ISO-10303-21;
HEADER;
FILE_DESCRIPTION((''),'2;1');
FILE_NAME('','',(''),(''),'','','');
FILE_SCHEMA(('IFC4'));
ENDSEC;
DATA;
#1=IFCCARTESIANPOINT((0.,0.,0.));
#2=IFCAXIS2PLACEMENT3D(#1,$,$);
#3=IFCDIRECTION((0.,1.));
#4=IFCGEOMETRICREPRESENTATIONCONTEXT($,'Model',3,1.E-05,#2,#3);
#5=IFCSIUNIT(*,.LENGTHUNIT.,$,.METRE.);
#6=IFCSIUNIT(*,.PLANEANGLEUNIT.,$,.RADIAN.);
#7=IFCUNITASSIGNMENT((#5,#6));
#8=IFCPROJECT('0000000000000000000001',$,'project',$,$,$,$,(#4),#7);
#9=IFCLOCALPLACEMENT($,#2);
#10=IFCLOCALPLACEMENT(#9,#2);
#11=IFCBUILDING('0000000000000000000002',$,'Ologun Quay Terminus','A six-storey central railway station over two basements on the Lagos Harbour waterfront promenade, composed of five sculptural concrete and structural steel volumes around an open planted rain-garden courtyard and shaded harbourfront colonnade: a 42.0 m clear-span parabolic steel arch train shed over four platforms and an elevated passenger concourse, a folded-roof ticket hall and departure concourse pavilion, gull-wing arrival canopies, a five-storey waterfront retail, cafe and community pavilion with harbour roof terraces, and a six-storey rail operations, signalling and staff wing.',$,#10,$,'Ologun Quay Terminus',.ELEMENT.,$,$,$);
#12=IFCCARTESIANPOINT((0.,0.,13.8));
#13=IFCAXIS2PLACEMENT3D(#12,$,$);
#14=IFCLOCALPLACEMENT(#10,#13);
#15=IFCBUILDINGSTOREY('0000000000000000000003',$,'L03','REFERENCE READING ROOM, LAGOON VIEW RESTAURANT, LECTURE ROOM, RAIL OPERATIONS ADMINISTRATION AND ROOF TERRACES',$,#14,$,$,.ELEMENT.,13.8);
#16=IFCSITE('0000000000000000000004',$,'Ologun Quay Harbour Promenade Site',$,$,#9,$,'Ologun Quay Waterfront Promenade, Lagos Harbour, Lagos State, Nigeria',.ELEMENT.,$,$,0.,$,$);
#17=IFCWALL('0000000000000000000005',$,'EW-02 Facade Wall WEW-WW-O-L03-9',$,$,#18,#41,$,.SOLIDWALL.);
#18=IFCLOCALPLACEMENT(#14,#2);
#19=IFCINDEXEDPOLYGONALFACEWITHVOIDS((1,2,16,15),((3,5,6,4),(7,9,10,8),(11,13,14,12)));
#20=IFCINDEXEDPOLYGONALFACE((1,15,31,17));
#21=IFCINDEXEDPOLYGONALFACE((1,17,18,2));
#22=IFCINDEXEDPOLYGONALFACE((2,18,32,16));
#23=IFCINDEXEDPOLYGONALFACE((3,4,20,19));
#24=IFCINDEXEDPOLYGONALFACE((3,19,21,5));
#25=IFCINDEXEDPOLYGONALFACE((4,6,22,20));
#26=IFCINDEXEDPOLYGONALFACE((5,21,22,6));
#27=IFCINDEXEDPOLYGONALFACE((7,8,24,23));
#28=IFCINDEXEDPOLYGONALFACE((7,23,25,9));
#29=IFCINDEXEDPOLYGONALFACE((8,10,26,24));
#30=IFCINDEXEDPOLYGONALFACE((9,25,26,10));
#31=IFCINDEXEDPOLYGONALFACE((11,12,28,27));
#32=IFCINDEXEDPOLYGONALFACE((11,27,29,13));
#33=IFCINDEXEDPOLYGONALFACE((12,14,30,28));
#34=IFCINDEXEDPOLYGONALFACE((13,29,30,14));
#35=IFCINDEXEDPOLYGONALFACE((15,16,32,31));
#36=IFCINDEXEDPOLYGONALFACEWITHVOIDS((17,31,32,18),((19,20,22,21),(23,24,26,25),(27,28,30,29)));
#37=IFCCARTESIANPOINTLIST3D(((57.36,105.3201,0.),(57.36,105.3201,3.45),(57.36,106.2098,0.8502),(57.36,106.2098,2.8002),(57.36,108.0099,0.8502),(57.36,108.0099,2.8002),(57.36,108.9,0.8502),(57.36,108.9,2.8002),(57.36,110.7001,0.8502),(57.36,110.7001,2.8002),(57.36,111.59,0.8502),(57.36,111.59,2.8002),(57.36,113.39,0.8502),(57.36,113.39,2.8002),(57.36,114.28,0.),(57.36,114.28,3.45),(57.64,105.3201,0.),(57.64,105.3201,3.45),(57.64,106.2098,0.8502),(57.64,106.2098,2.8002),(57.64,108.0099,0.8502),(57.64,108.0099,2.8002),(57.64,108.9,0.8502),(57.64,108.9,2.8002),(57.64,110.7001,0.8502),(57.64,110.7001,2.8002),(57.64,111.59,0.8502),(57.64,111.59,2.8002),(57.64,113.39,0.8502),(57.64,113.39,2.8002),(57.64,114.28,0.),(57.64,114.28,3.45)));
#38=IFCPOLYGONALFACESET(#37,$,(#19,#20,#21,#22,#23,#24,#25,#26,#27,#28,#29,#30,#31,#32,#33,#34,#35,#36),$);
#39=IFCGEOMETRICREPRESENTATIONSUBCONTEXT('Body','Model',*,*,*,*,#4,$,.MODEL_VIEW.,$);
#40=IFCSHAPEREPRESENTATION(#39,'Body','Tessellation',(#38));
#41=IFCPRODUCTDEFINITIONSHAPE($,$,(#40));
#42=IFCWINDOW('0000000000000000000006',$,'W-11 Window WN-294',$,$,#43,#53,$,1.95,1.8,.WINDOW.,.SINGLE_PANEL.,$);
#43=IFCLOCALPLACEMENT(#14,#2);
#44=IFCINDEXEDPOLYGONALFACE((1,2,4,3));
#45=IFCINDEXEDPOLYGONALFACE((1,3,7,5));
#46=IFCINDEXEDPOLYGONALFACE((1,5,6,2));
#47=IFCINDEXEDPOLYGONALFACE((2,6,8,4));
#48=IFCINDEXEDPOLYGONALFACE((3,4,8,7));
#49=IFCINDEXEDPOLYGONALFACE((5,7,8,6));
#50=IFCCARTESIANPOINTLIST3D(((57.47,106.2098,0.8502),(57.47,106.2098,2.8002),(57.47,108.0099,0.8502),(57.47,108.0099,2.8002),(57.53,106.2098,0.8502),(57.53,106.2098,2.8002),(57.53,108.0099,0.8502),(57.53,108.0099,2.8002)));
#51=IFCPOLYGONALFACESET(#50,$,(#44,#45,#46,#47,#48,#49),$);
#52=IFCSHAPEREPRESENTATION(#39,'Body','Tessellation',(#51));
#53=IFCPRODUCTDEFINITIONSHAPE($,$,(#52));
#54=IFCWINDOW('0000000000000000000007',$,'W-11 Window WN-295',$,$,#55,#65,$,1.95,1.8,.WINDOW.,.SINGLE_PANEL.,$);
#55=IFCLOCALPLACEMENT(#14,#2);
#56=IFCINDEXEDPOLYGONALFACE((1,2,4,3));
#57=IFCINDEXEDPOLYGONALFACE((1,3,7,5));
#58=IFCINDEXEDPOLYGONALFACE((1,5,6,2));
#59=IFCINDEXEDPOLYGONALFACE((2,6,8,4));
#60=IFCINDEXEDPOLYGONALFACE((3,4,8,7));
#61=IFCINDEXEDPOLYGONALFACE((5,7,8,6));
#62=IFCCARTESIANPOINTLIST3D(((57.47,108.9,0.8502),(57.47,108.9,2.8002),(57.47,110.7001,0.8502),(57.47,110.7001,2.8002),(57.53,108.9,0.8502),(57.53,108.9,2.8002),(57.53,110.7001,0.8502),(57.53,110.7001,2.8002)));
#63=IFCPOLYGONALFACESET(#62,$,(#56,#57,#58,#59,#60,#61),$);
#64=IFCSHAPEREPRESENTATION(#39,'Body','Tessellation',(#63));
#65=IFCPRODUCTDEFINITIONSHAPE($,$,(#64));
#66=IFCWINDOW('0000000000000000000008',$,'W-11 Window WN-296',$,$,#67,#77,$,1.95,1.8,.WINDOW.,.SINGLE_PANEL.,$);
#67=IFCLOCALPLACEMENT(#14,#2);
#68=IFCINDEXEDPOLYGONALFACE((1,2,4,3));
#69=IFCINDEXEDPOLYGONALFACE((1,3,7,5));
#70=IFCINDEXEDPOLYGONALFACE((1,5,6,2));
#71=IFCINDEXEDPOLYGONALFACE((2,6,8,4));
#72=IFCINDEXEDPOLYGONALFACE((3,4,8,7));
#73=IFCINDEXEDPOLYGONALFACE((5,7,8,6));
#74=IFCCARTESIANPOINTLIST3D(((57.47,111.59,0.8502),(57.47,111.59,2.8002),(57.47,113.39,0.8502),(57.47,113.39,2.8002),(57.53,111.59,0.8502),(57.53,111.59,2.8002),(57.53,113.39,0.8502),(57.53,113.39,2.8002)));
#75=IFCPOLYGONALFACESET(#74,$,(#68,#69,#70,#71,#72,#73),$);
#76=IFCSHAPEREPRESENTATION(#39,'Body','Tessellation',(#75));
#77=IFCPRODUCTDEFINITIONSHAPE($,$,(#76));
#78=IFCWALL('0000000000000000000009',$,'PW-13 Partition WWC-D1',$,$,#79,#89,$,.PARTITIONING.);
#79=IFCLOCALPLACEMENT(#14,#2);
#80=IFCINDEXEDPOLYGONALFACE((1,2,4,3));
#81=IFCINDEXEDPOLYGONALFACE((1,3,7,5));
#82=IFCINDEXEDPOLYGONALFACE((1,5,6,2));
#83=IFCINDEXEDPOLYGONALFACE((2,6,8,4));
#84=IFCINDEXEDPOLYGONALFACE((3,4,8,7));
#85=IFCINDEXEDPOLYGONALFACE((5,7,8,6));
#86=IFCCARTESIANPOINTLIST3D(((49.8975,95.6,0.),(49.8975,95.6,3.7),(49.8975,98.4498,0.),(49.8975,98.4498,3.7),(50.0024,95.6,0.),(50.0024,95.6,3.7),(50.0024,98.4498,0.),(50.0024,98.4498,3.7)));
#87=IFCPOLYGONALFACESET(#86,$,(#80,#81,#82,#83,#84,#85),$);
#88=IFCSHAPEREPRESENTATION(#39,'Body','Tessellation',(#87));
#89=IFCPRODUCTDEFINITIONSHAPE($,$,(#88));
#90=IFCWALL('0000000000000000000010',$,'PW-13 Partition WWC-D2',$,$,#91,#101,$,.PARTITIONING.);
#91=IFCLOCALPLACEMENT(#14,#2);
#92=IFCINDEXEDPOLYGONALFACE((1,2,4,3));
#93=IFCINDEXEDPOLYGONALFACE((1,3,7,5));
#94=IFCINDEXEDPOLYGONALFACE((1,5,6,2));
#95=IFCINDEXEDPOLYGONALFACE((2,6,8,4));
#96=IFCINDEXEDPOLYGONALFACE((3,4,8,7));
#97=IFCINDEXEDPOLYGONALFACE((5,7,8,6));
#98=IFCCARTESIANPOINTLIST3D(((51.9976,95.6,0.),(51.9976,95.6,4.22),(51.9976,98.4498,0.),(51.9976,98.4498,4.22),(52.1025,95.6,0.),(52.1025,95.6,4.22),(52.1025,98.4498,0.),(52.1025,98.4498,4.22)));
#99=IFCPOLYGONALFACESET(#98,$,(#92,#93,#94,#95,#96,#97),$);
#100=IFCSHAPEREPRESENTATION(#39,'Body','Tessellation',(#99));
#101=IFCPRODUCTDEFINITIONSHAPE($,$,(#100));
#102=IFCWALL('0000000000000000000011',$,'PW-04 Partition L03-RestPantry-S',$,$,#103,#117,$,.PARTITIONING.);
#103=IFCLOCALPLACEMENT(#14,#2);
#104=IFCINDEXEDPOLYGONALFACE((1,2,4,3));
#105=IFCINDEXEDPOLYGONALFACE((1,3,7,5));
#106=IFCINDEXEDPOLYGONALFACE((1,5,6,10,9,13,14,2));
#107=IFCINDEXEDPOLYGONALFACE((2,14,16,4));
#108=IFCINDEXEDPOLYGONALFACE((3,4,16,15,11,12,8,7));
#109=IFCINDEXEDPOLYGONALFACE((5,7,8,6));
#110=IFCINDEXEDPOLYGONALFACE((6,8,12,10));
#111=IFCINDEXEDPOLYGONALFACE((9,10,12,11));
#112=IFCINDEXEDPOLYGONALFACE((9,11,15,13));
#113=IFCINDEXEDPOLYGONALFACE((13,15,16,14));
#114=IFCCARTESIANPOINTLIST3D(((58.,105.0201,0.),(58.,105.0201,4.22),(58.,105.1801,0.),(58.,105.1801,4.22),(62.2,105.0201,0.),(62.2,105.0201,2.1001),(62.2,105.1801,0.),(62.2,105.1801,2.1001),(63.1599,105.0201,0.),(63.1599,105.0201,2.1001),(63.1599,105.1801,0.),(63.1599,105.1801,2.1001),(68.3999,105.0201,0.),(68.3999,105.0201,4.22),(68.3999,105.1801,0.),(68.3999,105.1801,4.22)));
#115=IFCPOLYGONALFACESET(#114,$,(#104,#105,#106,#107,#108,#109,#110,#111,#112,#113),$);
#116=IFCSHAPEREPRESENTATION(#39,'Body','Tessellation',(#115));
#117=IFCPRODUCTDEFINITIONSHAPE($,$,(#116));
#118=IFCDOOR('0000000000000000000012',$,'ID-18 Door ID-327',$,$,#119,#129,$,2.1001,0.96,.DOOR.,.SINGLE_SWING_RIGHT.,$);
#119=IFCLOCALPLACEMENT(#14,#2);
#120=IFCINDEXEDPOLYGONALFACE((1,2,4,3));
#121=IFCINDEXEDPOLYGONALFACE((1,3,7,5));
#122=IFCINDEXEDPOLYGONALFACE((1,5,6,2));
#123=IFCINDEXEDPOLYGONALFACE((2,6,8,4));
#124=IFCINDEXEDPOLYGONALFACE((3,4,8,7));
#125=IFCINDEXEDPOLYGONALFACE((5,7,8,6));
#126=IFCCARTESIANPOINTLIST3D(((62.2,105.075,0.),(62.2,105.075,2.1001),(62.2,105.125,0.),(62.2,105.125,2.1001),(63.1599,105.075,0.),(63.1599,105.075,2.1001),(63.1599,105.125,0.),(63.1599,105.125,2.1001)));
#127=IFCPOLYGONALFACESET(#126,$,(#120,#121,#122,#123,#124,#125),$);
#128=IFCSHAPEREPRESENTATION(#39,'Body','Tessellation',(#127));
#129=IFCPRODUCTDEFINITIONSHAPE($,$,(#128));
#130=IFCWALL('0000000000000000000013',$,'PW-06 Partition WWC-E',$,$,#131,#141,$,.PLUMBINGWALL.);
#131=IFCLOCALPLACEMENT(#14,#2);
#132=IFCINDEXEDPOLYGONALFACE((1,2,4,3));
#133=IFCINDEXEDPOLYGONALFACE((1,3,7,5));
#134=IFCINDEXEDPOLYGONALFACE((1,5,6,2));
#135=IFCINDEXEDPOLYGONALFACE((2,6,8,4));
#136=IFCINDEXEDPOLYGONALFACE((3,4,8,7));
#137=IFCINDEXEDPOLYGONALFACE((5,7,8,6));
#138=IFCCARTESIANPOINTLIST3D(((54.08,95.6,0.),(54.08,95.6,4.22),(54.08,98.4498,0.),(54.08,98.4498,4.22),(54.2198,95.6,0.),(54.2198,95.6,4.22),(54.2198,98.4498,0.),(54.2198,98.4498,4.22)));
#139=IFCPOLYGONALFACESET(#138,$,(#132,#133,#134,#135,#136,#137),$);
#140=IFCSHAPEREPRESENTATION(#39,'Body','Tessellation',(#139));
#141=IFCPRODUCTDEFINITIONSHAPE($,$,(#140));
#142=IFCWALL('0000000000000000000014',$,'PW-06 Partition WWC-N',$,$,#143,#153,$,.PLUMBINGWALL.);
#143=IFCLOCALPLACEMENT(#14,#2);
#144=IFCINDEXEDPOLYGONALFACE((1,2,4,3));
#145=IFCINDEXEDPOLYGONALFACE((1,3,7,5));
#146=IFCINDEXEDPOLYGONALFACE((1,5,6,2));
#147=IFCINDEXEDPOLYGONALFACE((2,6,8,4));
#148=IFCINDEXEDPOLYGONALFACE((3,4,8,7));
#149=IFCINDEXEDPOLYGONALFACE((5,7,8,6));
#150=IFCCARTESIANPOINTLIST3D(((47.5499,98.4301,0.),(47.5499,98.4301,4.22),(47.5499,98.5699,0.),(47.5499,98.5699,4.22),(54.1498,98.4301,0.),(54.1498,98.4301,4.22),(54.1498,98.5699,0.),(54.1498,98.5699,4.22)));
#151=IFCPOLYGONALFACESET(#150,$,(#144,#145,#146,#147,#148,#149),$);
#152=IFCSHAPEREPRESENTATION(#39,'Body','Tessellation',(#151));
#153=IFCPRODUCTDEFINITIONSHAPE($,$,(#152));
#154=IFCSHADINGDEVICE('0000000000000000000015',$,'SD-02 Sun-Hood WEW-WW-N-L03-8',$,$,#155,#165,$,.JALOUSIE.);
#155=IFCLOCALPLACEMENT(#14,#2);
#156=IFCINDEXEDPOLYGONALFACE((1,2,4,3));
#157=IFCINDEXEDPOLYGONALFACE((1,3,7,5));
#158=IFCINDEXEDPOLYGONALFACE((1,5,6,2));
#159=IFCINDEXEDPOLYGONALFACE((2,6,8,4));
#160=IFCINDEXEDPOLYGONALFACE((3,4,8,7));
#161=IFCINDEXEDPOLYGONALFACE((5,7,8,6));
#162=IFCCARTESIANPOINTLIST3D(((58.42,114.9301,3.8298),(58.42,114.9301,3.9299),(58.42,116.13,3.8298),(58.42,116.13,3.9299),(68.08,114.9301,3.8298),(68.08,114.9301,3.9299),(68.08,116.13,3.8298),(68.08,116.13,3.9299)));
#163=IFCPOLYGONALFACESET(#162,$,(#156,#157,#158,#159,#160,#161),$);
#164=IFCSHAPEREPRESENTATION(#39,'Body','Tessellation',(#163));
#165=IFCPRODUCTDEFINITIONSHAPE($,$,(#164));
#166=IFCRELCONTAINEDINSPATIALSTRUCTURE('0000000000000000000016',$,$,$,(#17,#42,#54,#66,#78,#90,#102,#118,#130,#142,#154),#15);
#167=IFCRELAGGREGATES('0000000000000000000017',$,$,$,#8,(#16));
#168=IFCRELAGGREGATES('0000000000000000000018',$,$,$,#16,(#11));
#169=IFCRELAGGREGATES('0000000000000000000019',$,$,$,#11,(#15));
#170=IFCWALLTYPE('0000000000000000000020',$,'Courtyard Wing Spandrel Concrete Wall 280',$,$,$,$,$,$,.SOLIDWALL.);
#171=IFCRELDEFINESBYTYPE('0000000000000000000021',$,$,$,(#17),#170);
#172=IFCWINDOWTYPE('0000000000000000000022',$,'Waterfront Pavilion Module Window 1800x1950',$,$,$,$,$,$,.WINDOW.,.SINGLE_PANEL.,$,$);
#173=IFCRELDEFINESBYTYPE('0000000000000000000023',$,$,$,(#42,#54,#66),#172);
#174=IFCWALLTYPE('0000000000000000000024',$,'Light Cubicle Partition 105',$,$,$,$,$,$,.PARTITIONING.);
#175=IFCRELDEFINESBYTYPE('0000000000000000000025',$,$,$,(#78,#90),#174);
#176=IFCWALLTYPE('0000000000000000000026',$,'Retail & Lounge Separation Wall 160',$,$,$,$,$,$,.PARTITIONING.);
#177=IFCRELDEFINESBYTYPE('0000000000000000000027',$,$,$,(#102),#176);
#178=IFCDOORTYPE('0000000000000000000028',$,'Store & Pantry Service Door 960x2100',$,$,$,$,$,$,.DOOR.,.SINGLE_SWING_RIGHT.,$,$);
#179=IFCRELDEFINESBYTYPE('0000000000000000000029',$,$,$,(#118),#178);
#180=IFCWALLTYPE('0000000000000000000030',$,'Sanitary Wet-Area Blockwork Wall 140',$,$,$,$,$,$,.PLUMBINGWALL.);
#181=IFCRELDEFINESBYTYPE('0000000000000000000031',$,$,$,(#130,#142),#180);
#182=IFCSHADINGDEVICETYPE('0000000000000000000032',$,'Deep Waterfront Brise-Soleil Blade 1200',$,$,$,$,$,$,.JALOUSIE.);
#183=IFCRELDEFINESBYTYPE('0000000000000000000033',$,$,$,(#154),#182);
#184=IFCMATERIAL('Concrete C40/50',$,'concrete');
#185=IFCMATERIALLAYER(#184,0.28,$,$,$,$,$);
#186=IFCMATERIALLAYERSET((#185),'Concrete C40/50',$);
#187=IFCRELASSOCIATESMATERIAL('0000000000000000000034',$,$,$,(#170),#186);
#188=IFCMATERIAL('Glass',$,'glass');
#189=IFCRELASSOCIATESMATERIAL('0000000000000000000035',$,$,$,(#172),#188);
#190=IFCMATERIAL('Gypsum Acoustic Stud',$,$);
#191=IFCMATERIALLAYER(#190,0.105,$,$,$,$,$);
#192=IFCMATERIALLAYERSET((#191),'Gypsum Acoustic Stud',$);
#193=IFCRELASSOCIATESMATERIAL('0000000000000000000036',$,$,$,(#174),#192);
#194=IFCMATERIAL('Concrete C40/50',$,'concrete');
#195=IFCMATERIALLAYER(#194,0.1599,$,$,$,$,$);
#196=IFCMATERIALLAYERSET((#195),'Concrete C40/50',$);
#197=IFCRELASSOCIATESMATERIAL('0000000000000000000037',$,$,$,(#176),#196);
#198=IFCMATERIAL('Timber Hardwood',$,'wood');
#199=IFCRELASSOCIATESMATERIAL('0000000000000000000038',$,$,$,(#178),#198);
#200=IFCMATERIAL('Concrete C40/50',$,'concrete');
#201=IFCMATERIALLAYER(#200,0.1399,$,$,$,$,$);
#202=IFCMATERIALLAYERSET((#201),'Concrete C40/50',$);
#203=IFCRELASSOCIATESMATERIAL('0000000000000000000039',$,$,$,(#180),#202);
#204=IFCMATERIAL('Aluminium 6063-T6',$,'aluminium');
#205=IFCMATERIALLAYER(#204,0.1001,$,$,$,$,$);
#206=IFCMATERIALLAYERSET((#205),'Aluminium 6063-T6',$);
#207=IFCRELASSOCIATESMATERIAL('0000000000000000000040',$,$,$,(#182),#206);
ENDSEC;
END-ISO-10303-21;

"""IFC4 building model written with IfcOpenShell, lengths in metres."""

from ifc_helpers import new_model, si_unit, direction, frame, frame_2d, origin, origin_2d, place, context, subcontext, project, spatial, rectangle, extrude, material, layer, layer_set, type_object, element, fill, save


model = new_model("IFC4")

# Units and contexts
model_context = context("Model", 3, precision=1e-05, world=origin(), true_north=direction((0.0, 1.0)))
body_context = subcontext(model_context, "Body", "Model", "MODEL_VIEW")
ifc_project = project(units=[si_unit("LENGTHUNIT", "METRE"), si_unit("PLANEANGLEUNIT", "RADIAN")], contexts=[model_context])

# Site, building, storey
site_placement = place(None, origin())
site = spatial("IfcSite", under=ifc_project, at=site_placement, Name="Ologun Quay Harbour Promenade Site", LongName="Ologun Quay Waterfront Promenade, Lagos Harbour, Lagos State, Nigeria", CompositionType="ELEMENT", RefElevation=0.0)
building_placement = place(site_placement, origin())
building = spatial("IfcBuilding", under=site, at=building_placement, Name="Ologun Quay Terminus", Description="A six-storey central railway station over two basements on the Lagos Harbour waterfront promenade, composed of five sculptural concrete and structural steel volumes around an open planted rain-garden courtyard and shaded harbourfront colonnade: a 42.0 m clear-span parabolic steel arch train shed over four platforms and an elevated passenger concourse, a folded-roof ticket hall and departure concourse pavilion, gull-wing arrival canopies, a five-storey waterfront retail, cafe and community pavilion with harbour roof terraces, and a six-storey rail operations, signalling and staff wing.", LongName="Ologun Quay Terminus", CompositionType="ELEMENT")
storey_placement = place(building_placement, frame((0.0, 0.0, 13.8)))
storey = spatial("IfcBuildingStorey", under=building, at=storey_placement, Name="L03", Description="REFERENCE READING ROOM, LAGOON VIEW RESTAURANT, LECTURE ROOM, RAIL OPERATIONS ADMINISTRATION AND ROOF TERRACES", CompositionType="ELEMENT", Elevation=13.8)

# Wall, openings, windows
ifc_material_1 = material(Name="Concrete C40/50", Category="concrete")
ifc_layer_1 = layer(ifc_material_1, 0.28)
ifc_layer_set_1 = layer_set([ifc_layer_1], Name="Concrete C40/50")
wall_type_1 = type_object("IfcWallType", Name="Courtyard Wing Spandrel Concrete Wall 280", PredefinedType="SOLIDWALL", material=ifc_layer_set_1)
wall_1_placement = place(storey_placement, frame((57.5, 105.3201, 0.0), z_axis=(0.0, 0.0, 1.0), x_axis=(0.0, 1.0, 0.0)))
wall_1 = element("IfcWall", 1, at=wall_1_placement, inside=storey, type_object=wall_type_1, Name="EW-02 Facade Wall WEW-WW-O-L03-9", PredefinedType="SOLIDWALL", context=body_context, shape_type="SweptSolid", body=[
    extrude(rectangle(XDim=8.96, YDim=0.28, at=frame_2d((4.48, 0.0))), origin(), (0.0, 0.0, 1.0), 3.45),
])
opening_1_placement = place(wall_1_placement, frame((0.8899, 0.0, 0.8501)))
opening_1 = element("IfcOpeningElement", 2, at=opening_1_placement, cuts=wall_1, PredefinedType="OPENING", context=body_context, shape_type="SweptSolid", body=[
    extrude(rectangle(XDim=1.8, YDim=1.95, at=frame_2d((0.8999, 0.9751))), frame((0.0, 0.1499, 0.0), z_axis=(0.0, -1.0, 0.0), x_axis=(1.0, 0.0, 0.0)), (0.0, 0.0, 1.0), 0.3),
])
opening_2_placement = place(wall_1_placement, frame((3.5801, 0.0, 0.8501)))
opening_2 = element("IfcOpeningElement", 3, at=opening_2_placement, cuts=wall_1, PredefinedType="OPENING", context=body_context, shape_type="SweptSolid", body=[
    extrude(rectangle(XDim=1.8, YDim=1.95, at=frame_2d((0.8999, 0.9751))), frame((0.0, 0.1499, 0.0), z_axis=(0.0, -1.0, 0.0), x_axis=(1.0, 0.0, 0.0)), (0.0, 0.0, 1.0), 0.3),
])
opening_3_placement = place(wall_1_placement, frame((6.27, 0.0, 0.8501)))
opening_3 = element("IfcOpeningElement", 4, at=opening_3_placement, cuts=wall_1, PredefinedType="OPENING", context=body_context, shape_type="SweptSolid", body=[
    extrude(rectangle(XDim=1.8, YDim=1.95, at=frame_2d((0.8999, 0.9751))), frame((0.0, 0.1499, 0.0), z_axis=(0.0, -1.0, 0.0), x_axis=(1.0, 0.0, 0.0)), (0.0, 0.0, 1.0), 0.3),
])
ifc_material_2 = material(Name="Glass", Category="glass")
window_type_1 = type_object("IfcWindowType", Name="Waterfront Pavilion Module Window 1800x1950", PartitioningType="SINGLE_PANEL", PredefinedType="WINDOW", material=ifc_material_2)
window_1_placement = place(opening_1_placement, origin())
window_1 = element("IfcWindow", 5, at=window_1_placement, inside=storey, type_object=window_type_1, Name="W-11 Window WN-294", OverallHeight=1.95, OverallWidth=1.8, PartitioningType="SINGLE_PANEL", PredefinedType="WINDOW", context=body_context, shape_type="SweptSolid", body=[
    extrude(rectangle(XDim=1.8, YDim=1.95, at=frame_2d((0.8999, 0.9751))), frame((0.0, 0.03, 0.0), z_axis=(0.0, -1.0, 0.0), x_axis=(1.0, 0.0, 0.0)), (0.0, 0.0, 1.0), 0.0601),
])
fill(opening_1, window_1)
window_2_placement = place(opening_2_placement, origin())
window_2 = element("IfcWindow", 6, at=window_2_placement, inside=storey, type_object=window_type_1, Name="W-11 Window WN-295", OverallHeight=1.95, OverallWidth=1.8, PartitioningType="SINGLE_PANEL", PredefinedType="WINDOW", context=body_context, shape_type="SweptSolid", body=[
    extrude(rectangle(XDim=1.8, YDim=1.95, at=frame_2d((0.8999, 0.9751))), frame((0.0, 0.03, 0.0), z_axis=(0.0, -1.0, 0.0), x_axis=(1.0, 0.0, 0.0)), (0.0, 0.0, 1.0), 0.0601),
])
fill(opening_2, window_2)
window_3_placement = place(opening_3_placement, origin())
window_3 = element("IfcWindow", 7, at=window_3_placement, inside=storey, type_object=window_type_1, Name="W-11 Window WN-296", OverallHeight=1.95, OverallWidth=1.8, PartitioningType="SINGLE_PANEL", PredefinedType="WINDOW", context=body_context, shape_type="SweptSolid", body=[
    extrude(rectangle(XDim=1.8, YDim=1.95, at=frame_2d((0.8999, 0.9751))), frame((0.0, 0.03, 0.0), z_axis=(0.0, -1.0, 0.0), x_axis=(1.0, 0.0, 0.0)), (0.0, 0.0, 1.0), 0.0601),
])
fill(opening_3, window_3)

# Walls
ifc_material_3 = material(Name="Gypsum Acoustic Stud")
ifc_layer_2 = layer(ifc_material_3, 0.105)
ifc_layer_set_2 = layer_set([ifc_layer_2], Name="Gypsum Acoustic Stud")
wall_type_2 = type_object("IfcWallType", Name="Light Cubicle Partition 105", PredefinedType="PARTITIONING", material=ifc_layer_set_2)
wall_2_placement = place(storey_placement, frame((49.95, 95.6001, 0.0), z_axis=(0.0, 0.0, 1.0), x_axis=(0.0, 1.0, 0.0)))
element("IfcWall", 8, at=wall_2_placement, inside=storey, type_object=wall_type_2, Name="PW-13 Partition WWC-D1", PredefinedType="PARTITIONING", context=body_context, shape_type="SweptSolid", body=[
    extrude(rectangle(XDim=2.8499, YDim=0.105, at=frame_2d((1.4248, 0.0))), origin(), (0.0, 0.0, 1.0), 3.7),
])
wall_3_placement = place(storey_placement, frame((52.05, 95.6001, 0.0), z_axis=(0.0, 0.0, 1.0), x_axis=(0.0, 1.0, 0.0)))
element("IfcWall", 9, at=wall_3_placement, inside=storey, type_object=wall_type_2, Name="PW-13 Partition WWC-D2", PredefinedType="PARTITIONING", context=body_context, shape_type="SweptSolid", body=[
    extrude(rectangle(XDim=2.8499, YDim=0.105, at=frame_2d((1.4248, 0.0))), origin(), (0.0, 0.0, 1.0), 4.22),
])

# Wall, opening, door
ifc_material_4 = material(Name="Concrete C40/50", Category="concrete")
ifc_layer_3 = layer(ifc_material_4, 0.1599)
ifc_layer_set_3 = layer_set([ifc_layer_3], Name="Concrete C40/50")
wall_type_3 = type_object("IfcWallType", Name="Retail & Lounge Separation Wall 160", PredefinedType="PARTITIONING", material=ifc_layer_set_3)
wall_4_placement = place(storey_placement, frame((58.0, 105.1001, 0.0), z_axis=(0.0, 0.0, 1.0), x_axis=(1.0, 0.0, 0.0)))
wall_4 = element("IfcWall", 10, at=wall_4_placement, inside=storey, type_object=wall_type_3, Name="PW-04 Partition L03-RestPantry-S", PredefinedType="PARTITIONING", context=body_context, shape_type="SweptSolid", body=[
    extrude(rectangle(XDim=10.3999, YDim=0.1599, at=frame_2d((5.2, 0.0))), origin(), (0.0, 0.0, 1.0), 4.22),
])
opening_4_placement = place(wall_4_placement, frame((4.2, 0.0, 0.0)))
opening_4 = element("IfcOpeningElement", 11, at=opening_4_placement, cuts=wall_4, PredefinedType="OPENING", context=body_context, shape_type="SweptSolid", body=[
    extrude(rectangle(XDim=0.96, YDim=2.1001, at=frame_2d((0.48, 1.05))), frame((0.0, 0.0898, 0.0), z_axis=(0.0, -1.0, 0.0), x_axis=(1.0, 0.0, 0.0)), (0.0, 0.0, 1.0), 0.1799),
])
ifc_material_5 = material(Name="Timber Hardwood", Category="wood")
door_type = type_object("IfcDoorType", Name="Store & Pantry Service Door 960x2100", OperationType="SINGLE_SWING_RIGHT", PredefinedType="DOOR", material=ifc_material_5)
door_placement = place(opening_4_placement, origin())
door = element("IfcDoor", 12, at=door_placement, inside=storey, type_object=door_type, Name="ID-18 Door ID-327", OperationType="SINGLE_SWING_RIGHT", OverallHeight=2.1001, OverallWidth=0.96, PredefinedType="DOOR", context=body_context, shape_type="SweptSolid", body=[
    extrude(rectangle(XDim=0.96, YDim=2.1001, at=frame_2d((0.48, 1.05))), frame((0.0, 0.0249, 0.0), z_axis=(0.0, -1.0, 0.0), x_axis=(1.0, 0.0, 0.0)), (0.0, 0.0, 1.0), 0.05),
])
fill(opening_4, door)

# Walls
ifc_material_6 = material(Name="Concrete C40/50", Category="concrete")
ifc_layer_4 = layer(ifc_material_6, 0.1399)
ifc_layer_set_4 = layer_set([ifc_layer_4], Name="Concrete C40/50")
wall_type_4 = type_object("IfcWallType", Name="Sanitary Wet-Area Blockwork Wall 140", PredefinedType="PLUMBINGWALL", material=ifc_layer_set_4)
wall_5_placement = place(storey_placement, frame((54.1499, 95.6001, 0.0), z_axis=(0.0, 0.0, 1.0), x_axis=(0.0, 1.0, 0.0)))
element("IfcWall", 13, at=wall_5_placement, inside=storey, type_object=wall_type_4, Name="PW-06 Partition WWC-E", PredefinedType="PLUMBINGWALL", context=body_context, shape_type="SweptSolid", body=[
    extrude(rectangle(XDim=2.8499, YDim=0.1399, at=frame_2d((1.4248, 0.0))), origin(), (0.0, 0.0, 1.0), 4.22),
])
wall_6_placement = place(storey_placement, frame((47.55, 98.5, 0.0), z_axis=(0.0, 0.0, 1.0), x_axis=(1.0, 0.0, 0.0)))
element("IfcWall", 14, at=wall_6_placement, inside=storey, type_object=wall_type_4, Name="PW-06 Partition WWC-N", PredefinedType="PLUMBINGWALL", context=body_context, shape_type="SweptSolid", body=[
    extrude(rectangle(XDim=6.5999, YDim=0.1399, at=frame_2d((3.2998, 0.0))), origin(), (0.0, 0.0, 1.0), 4.22),
])

# Shading device
ifc_material_7 = material(Name="Aluminium 6063-T6", Category="aluminium")
ifc_layer_5 = layer(ifc_material_7, 0.1001)
ifc_layer_set_5 = layer_set([ifc_layer_5], Name="Aluminium 6063-T6")
shading_device_type = type_object("IfcShadingDeviceType", Name="Deep Waterfront Brise-Soleil Blade 1200", PredefinedType="JALOUSIE", material=ifc_layer_set_5)
shading_device_1_placement = place(storey_placement, frame((63.25, 115.53, 3.8298), z_axis=(0.0, 0.0, 1.0), x_axis=(1.0, 0.0, 0.0)))
element("IfcShadingDevice", 15, at=shading_device_1_placement, inside=storey, type_object=shading_device_type, Name="SD-02 Sun-Hood WEW-WW-N-L03-8", PredefinedType="JALOUSIE", context=body_context, shape_type="SweptSolid", body=[
    extrude(rectangle(XDim=9.6599, YDim=1.2, at=origin_2d()), origin(), (0.0, 0.0, 1.0), 0.1001),
])

save(model, "model.ifc")
